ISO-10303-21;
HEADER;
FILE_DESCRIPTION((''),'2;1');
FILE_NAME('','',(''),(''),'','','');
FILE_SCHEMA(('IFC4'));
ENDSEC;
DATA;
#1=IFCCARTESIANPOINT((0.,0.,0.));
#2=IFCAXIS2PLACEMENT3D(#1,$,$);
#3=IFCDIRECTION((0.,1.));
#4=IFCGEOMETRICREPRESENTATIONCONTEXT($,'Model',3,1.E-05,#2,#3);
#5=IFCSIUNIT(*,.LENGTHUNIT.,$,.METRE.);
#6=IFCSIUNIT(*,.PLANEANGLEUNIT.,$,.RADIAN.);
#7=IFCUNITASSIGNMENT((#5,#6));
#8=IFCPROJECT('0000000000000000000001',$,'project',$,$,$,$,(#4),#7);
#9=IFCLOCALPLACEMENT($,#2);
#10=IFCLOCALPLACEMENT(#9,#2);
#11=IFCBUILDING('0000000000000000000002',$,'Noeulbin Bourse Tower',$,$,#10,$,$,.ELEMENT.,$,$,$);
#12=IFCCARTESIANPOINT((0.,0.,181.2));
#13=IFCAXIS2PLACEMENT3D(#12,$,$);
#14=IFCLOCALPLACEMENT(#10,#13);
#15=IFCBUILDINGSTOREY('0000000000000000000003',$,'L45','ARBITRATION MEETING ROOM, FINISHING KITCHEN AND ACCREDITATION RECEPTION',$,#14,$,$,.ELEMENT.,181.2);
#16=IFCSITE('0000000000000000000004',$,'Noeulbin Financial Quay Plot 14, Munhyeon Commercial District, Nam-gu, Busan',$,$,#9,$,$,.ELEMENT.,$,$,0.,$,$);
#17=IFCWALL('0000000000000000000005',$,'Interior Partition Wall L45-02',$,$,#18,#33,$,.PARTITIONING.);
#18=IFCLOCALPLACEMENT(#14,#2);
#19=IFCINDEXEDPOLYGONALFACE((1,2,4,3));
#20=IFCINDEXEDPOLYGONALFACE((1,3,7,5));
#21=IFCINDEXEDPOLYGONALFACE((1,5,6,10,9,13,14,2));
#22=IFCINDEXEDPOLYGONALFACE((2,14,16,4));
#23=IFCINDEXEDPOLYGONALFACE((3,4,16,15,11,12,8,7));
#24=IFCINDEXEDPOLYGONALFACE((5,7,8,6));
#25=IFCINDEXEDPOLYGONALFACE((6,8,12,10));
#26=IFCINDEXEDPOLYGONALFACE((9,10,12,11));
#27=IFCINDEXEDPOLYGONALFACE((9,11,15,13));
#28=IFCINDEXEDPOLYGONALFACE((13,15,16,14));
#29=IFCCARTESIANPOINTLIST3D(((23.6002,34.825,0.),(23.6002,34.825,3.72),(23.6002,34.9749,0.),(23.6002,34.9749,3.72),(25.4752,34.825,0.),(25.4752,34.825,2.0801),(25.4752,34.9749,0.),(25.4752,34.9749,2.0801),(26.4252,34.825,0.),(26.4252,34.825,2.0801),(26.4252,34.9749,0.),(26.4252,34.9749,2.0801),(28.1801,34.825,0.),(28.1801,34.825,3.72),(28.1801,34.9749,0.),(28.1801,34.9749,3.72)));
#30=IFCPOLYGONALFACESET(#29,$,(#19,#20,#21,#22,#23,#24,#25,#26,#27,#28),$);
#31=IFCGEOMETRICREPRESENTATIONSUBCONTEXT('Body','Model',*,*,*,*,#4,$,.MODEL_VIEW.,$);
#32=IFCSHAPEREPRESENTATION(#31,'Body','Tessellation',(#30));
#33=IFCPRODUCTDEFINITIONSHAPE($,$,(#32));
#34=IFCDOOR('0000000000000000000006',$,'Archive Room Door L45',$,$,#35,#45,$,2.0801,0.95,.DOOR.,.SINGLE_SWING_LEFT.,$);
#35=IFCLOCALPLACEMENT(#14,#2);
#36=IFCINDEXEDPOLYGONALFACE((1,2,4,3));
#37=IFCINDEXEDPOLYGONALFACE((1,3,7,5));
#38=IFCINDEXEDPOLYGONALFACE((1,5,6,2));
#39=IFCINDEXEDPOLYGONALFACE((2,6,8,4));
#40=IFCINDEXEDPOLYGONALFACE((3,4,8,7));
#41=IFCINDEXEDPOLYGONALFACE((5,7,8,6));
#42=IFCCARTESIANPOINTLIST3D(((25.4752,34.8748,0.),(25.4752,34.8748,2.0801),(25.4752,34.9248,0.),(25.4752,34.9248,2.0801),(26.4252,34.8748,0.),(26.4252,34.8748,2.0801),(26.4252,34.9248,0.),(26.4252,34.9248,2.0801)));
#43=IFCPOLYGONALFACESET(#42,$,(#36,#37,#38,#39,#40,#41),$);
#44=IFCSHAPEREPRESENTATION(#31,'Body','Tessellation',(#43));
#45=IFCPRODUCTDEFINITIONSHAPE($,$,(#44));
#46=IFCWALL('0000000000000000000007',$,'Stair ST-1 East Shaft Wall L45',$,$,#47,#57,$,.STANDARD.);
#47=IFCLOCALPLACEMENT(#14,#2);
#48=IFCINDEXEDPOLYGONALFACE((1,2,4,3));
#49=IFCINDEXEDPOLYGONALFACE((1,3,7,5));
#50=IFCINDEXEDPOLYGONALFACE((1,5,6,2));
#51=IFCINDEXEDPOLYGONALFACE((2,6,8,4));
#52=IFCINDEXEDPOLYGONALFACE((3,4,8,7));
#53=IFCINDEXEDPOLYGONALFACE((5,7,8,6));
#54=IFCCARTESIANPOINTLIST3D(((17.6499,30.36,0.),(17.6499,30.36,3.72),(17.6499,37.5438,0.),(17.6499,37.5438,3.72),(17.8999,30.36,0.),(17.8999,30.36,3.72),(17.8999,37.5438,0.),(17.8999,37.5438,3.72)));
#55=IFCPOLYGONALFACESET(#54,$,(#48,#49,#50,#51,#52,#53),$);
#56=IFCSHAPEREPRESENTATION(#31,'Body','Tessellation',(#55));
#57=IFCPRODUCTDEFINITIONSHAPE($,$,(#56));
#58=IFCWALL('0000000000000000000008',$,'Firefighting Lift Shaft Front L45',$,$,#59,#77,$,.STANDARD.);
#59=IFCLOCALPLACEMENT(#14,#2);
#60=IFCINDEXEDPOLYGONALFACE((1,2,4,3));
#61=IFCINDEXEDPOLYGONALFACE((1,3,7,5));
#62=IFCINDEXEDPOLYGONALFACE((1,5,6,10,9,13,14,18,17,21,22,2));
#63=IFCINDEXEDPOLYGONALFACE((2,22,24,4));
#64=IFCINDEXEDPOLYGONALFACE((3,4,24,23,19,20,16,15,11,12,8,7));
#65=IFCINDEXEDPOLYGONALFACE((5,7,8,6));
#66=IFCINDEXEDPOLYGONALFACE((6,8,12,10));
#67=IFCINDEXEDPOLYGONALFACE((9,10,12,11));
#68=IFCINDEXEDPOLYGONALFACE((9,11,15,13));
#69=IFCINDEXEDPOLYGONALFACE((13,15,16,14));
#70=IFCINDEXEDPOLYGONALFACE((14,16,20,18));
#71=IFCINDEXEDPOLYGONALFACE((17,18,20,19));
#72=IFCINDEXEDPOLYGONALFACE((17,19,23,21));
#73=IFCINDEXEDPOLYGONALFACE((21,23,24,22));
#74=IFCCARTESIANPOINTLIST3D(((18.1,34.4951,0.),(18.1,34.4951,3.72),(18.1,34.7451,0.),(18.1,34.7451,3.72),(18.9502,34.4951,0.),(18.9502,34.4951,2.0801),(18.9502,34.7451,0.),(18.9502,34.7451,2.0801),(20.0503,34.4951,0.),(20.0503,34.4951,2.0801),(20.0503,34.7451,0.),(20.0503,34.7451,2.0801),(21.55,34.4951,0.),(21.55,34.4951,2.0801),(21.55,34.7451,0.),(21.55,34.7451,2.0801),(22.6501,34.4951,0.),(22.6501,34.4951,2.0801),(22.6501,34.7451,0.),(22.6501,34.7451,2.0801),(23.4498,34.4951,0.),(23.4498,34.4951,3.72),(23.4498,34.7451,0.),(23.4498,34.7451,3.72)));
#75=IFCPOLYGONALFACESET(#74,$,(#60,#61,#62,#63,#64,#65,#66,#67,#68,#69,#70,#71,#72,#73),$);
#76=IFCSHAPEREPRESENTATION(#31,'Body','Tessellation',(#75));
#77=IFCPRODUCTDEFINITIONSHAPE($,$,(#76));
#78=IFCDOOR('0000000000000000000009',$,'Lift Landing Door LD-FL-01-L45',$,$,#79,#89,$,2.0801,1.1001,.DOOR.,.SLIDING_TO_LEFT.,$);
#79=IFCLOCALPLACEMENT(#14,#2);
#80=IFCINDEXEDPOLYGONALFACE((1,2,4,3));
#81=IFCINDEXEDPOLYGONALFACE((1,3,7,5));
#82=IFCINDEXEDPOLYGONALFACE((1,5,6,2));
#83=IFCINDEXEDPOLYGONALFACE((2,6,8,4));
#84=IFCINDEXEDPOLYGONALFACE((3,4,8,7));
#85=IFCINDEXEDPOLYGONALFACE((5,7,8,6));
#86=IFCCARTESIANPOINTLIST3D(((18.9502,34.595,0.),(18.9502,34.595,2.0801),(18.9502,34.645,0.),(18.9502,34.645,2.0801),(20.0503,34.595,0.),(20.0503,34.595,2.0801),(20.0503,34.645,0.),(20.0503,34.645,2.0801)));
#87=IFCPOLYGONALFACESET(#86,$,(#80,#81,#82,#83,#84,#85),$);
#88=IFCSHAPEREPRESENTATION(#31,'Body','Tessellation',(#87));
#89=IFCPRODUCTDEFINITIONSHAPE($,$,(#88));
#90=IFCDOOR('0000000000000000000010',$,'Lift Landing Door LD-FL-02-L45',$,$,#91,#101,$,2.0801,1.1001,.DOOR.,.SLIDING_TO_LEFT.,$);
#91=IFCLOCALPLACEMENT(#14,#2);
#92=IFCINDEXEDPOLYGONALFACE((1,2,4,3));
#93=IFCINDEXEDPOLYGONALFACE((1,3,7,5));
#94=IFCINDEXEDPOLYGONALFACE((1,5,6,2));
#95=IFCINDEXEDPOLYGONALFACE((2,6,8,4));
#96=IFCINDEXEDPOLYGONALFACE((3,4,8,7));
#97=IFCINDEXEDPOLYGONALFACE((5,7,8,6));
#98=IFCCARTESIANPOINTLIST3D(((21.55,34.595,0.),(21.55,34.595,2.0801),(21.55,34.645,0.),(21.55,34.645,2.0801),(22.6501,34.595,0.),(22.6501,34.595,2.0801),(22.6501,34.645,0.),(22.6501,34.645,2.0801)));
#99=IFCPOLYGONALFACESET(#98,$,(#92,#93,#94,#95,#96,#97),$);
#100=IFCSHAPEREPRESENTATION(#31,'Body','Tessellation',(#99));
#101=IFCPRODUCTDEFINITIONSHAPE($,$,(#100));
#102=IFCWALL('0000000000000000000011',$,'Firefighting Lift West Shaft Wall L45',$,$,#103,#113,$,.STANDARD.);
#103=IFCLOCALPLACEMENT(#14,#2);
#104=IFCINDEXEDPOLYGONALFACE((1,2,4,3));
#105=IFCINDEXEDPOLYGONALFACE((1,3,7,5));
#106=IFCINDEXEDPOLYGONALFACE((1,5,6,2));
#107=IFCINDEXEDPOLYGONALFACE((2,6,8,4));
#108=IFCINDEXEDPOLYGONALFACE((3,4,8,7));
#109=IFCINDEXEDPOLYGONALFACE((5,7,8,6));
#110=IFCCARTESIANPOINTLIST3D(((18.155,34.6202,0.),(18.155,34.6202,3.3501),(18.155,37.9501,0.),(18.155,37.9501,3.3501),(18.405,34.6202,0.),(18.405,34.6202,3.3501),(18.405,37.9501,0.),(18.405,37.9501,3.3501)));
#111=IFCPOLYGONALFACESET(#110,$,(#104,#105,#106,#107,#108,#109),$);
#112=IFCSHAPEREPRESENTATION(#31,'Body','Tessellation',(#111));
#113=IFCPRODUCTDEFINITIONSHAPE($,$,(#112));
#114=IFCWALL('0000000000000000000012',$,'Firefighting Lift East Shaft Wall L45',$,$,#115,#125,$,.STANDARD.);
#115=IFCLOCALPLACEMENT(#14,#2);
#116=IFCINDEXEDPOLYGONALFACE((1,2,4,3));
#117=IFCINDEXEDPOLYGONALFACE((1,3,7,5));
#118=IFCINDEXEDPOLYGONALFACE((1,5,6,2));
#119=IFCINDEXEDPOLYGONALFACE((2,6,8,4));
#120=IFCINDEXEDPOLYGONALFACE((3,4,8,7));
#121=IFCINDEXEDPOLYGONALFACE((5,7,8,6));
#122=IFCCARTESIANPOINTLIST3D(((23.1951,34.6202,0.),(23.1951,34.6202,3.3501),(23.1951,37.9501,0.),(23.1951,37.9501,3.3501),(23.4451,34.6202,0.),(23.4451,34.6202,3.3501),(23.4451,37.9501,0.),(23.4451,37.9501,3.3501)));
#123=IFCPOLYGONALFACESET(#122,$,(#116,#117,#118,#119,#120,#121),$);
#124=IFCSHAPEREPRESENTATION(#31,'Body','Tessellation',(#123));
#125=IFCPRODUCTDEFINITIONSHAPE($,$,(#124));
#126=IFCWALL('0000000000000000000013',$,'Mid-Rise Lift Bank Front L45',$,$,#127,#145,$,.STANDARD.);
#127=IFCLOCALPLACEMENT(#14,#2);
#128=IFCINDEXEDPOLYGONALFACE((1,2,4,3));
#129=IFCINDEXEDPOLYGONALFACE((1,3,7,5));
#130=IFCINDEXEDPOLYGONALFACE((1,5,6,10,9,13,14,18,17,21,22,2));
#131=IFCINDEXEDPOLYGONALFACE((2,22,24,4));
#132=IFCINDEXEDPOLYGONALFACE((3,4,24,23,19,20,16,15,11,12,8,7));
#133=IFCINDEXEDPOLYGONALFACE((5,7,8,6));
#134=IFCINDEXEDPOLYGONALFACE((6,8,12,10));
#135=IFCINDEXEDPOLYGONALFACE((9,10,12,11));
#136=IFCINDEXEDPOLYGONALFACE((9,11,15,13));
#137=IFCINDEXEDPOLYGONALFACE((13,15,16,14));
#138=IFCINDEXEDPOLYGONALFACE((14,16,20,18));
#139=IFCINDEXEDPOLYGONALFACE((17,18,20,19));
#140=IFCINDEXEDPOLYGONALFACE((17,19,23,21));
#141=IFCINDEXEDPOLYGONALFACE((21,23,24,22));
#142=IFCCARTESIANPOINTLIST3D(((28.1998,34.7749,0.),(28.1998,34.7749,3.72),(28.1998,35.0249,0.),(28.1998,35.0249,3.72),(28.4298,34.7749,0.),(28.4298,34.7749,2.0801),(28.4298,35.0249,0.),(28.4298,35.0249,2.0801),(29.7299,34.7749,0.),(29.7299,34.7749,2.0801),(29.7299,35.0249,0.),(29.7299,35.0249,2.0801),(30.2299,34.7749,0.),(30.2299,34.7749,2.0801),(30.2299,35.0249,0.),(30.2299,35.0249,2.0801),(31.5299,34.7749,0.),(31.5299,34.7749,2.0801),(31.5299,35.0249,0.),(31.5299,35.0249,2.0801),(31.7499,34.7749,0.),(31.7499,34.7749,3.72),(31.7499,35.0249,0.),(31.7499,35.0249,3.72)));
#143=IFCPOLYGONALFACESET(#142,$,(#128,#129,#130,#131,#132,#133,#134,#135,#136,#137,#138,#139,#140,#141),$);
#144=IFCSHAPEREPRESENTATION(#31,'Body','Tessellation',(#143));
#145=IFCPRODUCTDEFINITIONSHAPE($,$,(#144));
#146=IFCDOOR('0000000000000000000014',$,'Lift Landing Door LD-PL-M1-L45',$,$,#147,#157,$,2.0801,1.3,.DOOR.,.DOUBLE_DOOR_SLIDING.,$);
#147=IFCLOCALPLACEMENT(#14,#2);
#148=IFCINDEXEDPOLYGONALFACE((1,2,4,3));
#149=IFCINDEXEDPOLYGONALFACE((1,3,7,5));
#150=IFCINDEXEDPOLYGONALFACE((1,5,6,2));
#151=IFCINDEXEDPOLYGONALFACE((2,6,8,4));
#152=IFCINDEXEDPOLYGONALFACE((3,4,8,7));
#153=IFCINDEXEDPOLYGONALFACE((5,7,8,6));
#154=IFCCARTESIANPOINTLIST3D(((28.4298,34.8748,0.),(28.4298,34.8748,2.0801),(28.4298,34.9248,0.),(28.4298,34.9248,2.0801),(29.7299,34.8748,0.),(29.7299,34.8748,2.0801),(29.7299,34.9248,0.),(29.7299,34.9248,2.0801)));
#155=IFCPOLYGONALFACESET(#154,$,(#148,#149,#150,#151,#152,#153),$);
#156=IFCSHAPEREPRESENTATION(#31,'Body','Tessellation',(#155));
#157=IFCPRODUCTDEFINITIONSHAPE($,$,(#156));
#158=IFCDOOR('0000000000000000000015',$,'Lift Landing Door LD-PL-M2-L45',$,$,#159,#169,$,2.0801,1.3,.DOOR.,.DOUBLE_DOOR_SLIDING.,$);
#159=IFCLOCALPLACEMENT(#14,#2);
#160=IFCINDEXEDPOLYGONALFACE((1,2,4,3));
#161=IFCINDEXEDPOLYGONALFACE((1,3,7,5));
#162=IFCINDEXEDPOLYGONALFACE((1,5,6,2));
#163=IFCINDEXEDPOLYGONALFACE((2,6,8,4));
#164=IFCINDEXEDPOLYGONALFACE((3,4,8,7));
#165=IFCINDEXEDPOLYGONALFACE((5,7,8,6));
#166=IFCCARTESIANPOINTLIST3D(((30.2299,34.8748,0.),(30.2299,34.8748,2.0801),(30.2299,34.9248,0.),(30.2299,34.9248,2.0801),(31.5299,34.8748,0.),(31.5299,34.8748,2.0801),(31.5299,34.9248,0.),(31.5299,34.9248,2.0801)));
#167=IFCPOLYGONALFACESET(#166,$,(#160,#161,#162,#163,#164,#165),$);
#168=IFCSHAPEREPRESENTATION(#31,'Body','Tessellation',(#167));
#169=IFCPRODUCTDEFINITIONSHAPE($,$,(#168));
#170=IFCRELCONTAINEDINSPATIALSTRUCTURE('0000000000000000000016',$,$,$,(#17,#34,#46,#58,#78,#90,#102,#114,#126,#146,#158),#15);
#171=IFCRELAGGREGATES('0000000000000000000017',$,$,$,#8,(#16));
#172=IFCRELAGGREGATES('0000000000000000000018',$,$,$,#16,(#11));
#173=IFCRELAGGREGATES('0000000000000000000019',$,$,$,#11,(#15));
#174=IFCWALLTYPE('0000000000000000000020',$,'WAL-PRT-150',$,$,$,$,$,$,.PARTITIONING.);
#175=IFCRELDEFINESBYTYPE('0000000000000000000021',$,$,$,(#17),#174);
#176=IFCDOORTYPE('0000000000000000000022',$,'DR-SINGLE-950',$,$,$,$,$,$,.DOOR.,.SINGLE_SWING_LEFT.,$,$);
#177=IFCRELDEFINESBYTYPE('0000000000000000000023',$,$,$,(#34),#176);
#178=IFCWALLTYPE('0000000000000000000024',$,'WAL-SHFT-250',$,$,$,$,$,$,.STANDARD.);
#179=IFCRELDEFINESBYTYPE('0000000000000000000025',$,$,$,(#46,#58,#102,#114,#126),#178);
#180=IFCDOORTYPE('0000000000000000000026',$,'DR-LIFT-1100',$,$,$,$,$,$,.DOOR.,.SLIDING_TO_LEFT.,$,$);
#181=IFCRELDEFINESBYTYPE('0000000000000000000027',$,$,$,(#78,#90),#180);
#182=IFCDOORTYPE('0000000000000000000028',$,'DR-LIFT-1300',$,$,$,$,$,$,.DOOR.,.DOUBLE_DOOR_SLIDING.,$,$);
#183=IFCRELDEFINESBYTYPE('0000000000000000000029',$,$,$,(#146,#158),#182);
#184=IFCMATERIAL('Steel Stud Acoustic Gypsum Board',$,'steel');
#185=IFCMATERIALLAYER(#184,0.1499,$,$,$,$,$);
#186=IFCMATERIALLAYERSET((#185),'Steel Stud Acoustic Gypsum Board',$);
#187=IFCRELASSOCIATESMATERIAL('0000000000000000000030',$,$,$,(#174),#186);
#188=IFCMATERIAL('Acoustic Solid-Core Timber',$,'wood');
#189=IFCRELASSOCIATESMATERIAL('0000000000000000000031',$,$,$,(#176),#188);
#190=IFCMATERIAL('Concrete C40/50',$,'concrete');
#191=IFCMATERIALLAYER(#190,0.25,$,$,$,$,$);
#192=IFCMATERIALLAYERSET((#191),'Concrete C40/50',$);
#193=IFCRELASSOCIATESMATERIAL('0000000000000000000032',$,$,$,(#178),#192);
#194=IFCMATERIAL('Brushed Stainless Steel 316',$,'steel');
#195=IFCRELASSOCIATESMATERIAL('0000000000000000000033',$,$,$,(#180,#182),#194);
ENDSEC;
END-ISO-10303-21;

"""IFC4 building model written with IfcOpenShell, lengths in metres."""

from ifc_helpers import new_model, si_unit, direction, frame, frame_2d, origin, place, context, subcontext, project, spatial, rectangle, extrude, material, layer, layer_set, type_object, element, fill, save


model = new_model("IFC4")

# Units and contexts
model_context = context("Model", 3, precision=1e-05, world=origin(), true_north=direction((0.0, 1.0)))
body_context = subcontext(model_context, "Body", "Model", "MODEL_VIEW")
ifc_project = project(units=[si_unit("LENGTHUNIT", "METRE"), si_unit("PLANEANGLEUNIT", "RADIAN")], contexts=[model_context])

# Site, building, storey
site_placement = place(None, origin())
site = spatial("IfcSite", under=ifc_project, at=site_placement, Name="Noeulbin Financial Quay Plot 14, Munhyeon Commercial District, Nam-gu, Busan", CompositionType="ELEMENT", RefElevation=0.0)
building_placement = place(site_placement, origin())
building = spatial("IfcBuilding", under=site, at=building_placement, Name="Noeulbin Bourse Tower", CompositionType="ELEMENT")
storey_placement = place(building_placement, frame((0.0, 0.0, 181.2)))
storey = spatial("IfcBuildingStorey", under=building, at=storey_placement, Name="L45", Description="ARBITRATION MEETING ROOM, FINISHING KITCHEN AND ACCREDITATION RECEPTION", CompositionType="ELEMENT", Elevation=181.2)

# Shared definitions
ifc_material_1 = material(Name="Concrete C40/50", Category="concrete")

# Wall, opening, door
ifc_material_2 = material(Name="Steel Stud Acoustic Gypsum Board", Category="steel")
ifc_layer_1 = layer(ifc_material_2, 0.1499)
ifc_layer_set_1 = layer_set([ifc_layer_1], Name="Steel Stud Acoustic Gypsum Board")
wall_type_1 = type_object("IfcWallType", Name="WAL-PRT-150", PredefinedType="PARTITIONING", material=ifc_layer_set_1)
wall_1_placement = place(storey_placement, frame((23.6001, 34.8999, 0.0), z_axis=(0.0, 0.0, 1.0), x_axis=(1.0, 0.0, 0.0)))
wall_1 = element("IfcWall", 1, at=wall_1_placement, inside=storey, type_object=wall_type_1, Name="Interior Partition Wall L45-02", PredefinedType="PARTITIONING", context=body_context, shape_type="SweptSolid", body=[
    extrude(rectangle(XDim=4.5798, YDim=0.1499, at=frame_2d((2.29, 0.0))), origin(), (0.0, 0.0, 1.0), 3.72),
])
opening_1_placement = place(wall_1_placement, frame((1.875, 0.0, 0.0)))
opening_1 = element("IfcOpeningElement", 2, at=opening_1_placement, cuts=wall_1, PredefinedType="OPENING", context=body_context, shape_type="SweptSolid", body=[
    extrude(rectangle(XDim=0.95, YDim=2.0801, at=frame_2d((0.4751, 1.04))), frame((0.0, 0.085, 0.0), z_axis=(0.0, -1.0, 0.0), x_axis=(1.0, 0.0, 0.0)), (0.0, 0.0, 1.0), 0.1699),
])
ifc_material_3 = material(Name="Acoustic Solid-Core Timber", Category="wood")
door_type_1 = type_object("IfcDoorType", Name="DR-SINGLE-950", OperationType="SINGLE_SWING_LEFT", PredefinedType="DOOR", material=ifc_material_3)
door_1_placement = place(opening_1_placement, origin())
door_1 = element("IfcDoor", 3, at=door_1_placement, inside=storey, type_object=door_type_1, Name="Archive Room Door L45", OperationType="SINGLE_SWING_LEFT", OverallHeight=2.0801, OverallWidth=0.95, PredefinedType="DOOR", context=body_context, shape_type="SweptSolid", body=[
    extrude(rectangle(XDim=0.95, YDim=2.0801, at=frame_2d((0.4751, 1.04))), frame((0.0, 0.0249, 0.0), z_axis=(0.0, -1.0, 0.0), x_axis=(1.0, 0.0, 0.0)), (0.0, 0.0, 1.0), 0.05),
])
fill(opening_1, door_1)

# Wall
ifc_layer_2 = layer(ifc_material_1, 0.25)
ifc_layer_set_2 = layer_set([ifc_layer_2], Name="Concrete C40/50")
wall_type_2 = type_object("IfcWallType", Name="WAL-SHFT-250", PredefinedType="STANDARD", material=ifc_layer_set_2)
wall_2_placement = place(storey_placement, frame((17.7749, 30.3601, 0.0), z_axis=(0.0, 0.0, 1.0), x_axis=(0.0, 1.0, 0.0)))
element("IfcWall", 4, at=wall_2_placement, inside=storey, type_object=wall_type_2, Name="Stair ST-1 East Shaft Wall L45", PredefinedType="STANDARD", context=body_context, shape_type="SweptSolid", body=[
    extrude(rectangle(XDim=7.1838, YDim=0.25, at=frame_2d((3.5918, 0.0))), origin(), (0.0, 0.0, 1.0), 3.72),
])

# Wall, openings, doors
wall_3_placement = place(storey_placement, frame((18.1001, 34.6201, 0.0), z_axis=(0.0, 0.0, 1.0), x_axis=(1.0, 0.0, 0.0)))
wall_3 = element("IfcWall", 5, at=wall_3_placement, inside=storey, type_object=wall_type_2, Name="Firefighting Lift Shaft Front L45", PredefinedType="STANDARD", context=body_context, shape_type="SweptSolid", body=[
    extrude(rectangle(XDim=5.3499, YDim=0.25, at=frame_2d((2.6748, 0.0))), origin(), (0.0, 0.0, 1.0), 3.72),
])
opening_2_placement = place(wall_3_placement, frame((0.8501, 0.0, 0.0)))
opening_2 = element("IfcOpeningElement", 6, at=opening_2_placement, cuts=wall_3, PredefinedType="OPENING", context=body_context, shape_type="SweptSolid", body=[
    extrude(rectangle(XDim=1.1001, YDim=2.0801, at=frame_2d((0.55, 1.04))), frame((0.0, 0.135, 0.0), z_axis=(0.0, -1.0, 0.0), x_axis=(1.0, 0.0, 0.0)), (0.0, 0.0, 1.0), 0.27),
])
opening_3_placement = place(wall_3_placement, frame((3.45, 0.0, 0.0)))
opening_3 = element("IfcOpeningElement", 7, at=opening_3_placement, cuts=wall_3, PredefinedType="OPENING", context=body_context, shape_type="SweptSolid", body=[
    extrude(rectangle(XDim=1.1001, YDim=2.0801, at=frame_2d((0.55, 1.04))), frame((0.0, 0.135, 0.0), z_axis=(0.0, -1.0, 0.0), x_axis=(1.0, 0.0, 0.0)), (0.0, 0.0, 1.0), 0.27),
])
ifc_material_4 = material(Name="Brushed Stainless Steel 316", Category="steel")
door_type_2 = type_object("IfcDoorType", Name="DR-LIFT-1100", OperationType="SLIDING_TO_LEFT", PredefinedType="DOOR", material=ifc_material_4)
door_2_placement = place(opening_2_placement, origin())
door_2 = element("IfcDoor", 8, at=door_2_placement, inside=storey, type_object=door_type_2, Name="Lift Landing Door LD-FL-01-L45", OperationType="SLIDING_TO_LEFT", OverallHeight=2.0801, OverallWidth=1.1001, PredefinedType="DOOR", context=body_context, shape_type="SweptSolid", body=[
    extrude(rectangle(XDim=1.1001, YDim=2.0801, at=frame_2d((0.55, 1.04))), frame((0.0, 0.0249, 0.0), z_axis=(0.0, -1.0, 0.0), x_axis=(1.0, 0.0, 0.0)), (0.0, 0.0, 1.0), 0.05),
])
fill(opening_2, door_2)
door_3_placement = place(opening_3_placement, origin())
door_3 = element("IfcDoor", 9, at=door_3_placement, inside=storey, type_object=door_type_2, Name="Lift Landing Door LD-FL-02-L45", OperationType="SLIDING_TO_LEFT", OverallHeight=2.0801, OverallWidth=1.1001, PredefinedType="DOOR", context=body_context, shape_type="SweptSolid", body=[
    extrude(rectangle(XDim=1.1001, YDim=2.0801, at=frame_2d((0.55, 1.04))), frame((0.0, 0.0249, 0.0), z_axis=(0.0, -1.0, 0.0), x_axis=(1.0, 0.0, 0.0)), (0.0, 0.0, 1.0), 0.05),
])
fill(opening_3, door_3)

# Walls
for number, where, z_axis, x_axis, name in (
    (10, (18.28, 34.6201, 0.0), (0.0, 0.0, 1.0), (0.0, 1.0, 0.0), "Firefighting Lift West Shaft Wall L45"),
    (11, (23.3201, 34.6201, 0.0), (0.0, 0.0, 1.0), (0.0, 1.0, 0.0), "Firefighting Lift East Shaft Wall L45"),
):
    element("IfcWall", number, at=place(storey_placement, frame(where, z_axis=z_axis, x_axis=x_axis)), inside=storey, type_object=wall_type_2, Name=name, PredefinedType="STANDARD", context=body_context, shape_type="SweptSolid", body=[
        extrude(rectangle(XDim=3.3298, YDim=0.25, at=frame_2d((1.665, 0.0))), origin(), (0.0, 0.0, 1.0), 3.3501),
    ])

# Wall, openings, doors
wall_4_placement = place(storey_placement, frame((28.2, 34.8999, 0.0), z_axis=(0.0, 0.0, 1.0), x_axis=(1.0, 0.0, 0.0)))
wall_4 = element("IfcWall", 12, at=wall_4_placement, inside=storey, type_object=wall_type_2, Name="Mid-Rise Lift Bank Front L45", PredefinedType="STANDARD", context=body_context, shape_type="SweptSolid", body=[
    extrude(rectangle(XDim=3.55, YDim=0.25, at=frame_2d((1.7749, 0.0))), origin(), (0.0, 0.0, 1.0), 3.72),
])
opening_4_placement = place(wall_4_placement, frame((0.23, 0.0, 0.0)))
opening_4 = element("IfcOpeningElement", 13, at=opening_4_placement, cuts=wall_4, PredefinedType="OPENING", context=body_context, shape_type="SweptSolid", body=[
    extrude(rectangle(XDim=1.3, YDim=2.0801, at=frame_2d((0.6499, 1.04))), frame((0.0, 0.135, 0.0), z_axis=(0.0, -1.0, 0.0), x_axis=(1.0, 0.0, 0.0)), (0.0, 0.0, 1.0), 0.27),
])
opening_5_placement = place(wall_4_placement, frame((2.03, 0.0, 0.0)))
opening_5 = element("IfcOpeningElement", 14, at=opening_5_placement, cuts=wall_4, PredefinedType="OPENING", context=body_context, shape_type="SweptSolid", body=[
    extrude(rectangle(XDim=1.3, YDim=2.0801, at=frame_2d((0.6499, 1.04))), frame((0.0, 0.135, 0.0), z_axis=(0.0, -1.0, 0.0), x_axis=(1.0, 0.0, 0.0)), (0.0, 0.0, 1.0), 0.27),
])
door_type_3 = type_object("IfcDoorType", Name="DR-LIFT-1300", OperationType="DOUBLE_DOOR_SLIDING", PredefinedType="DOOR", material=ifc_material_4)
door_4_placement = place(opening_4_placement, origin())
door_4 = element("IfcDoor", 15, at=door_4_placement, inside=storey, type_object=door_type_3, Name="Lift Landing Door LD-PL-M1-L45", OperationType="DOUBLE_DOOR_SLIDING", OverallHeight=2.0801, OverallWidth=1.3, PredefinedType="DOOR", context=body_context, shape_type="SweptSolid", body=[
    extrude(rectangle(XDim=1.3, YDim=2.0801, at=frame_2d((0.6499, 1.04))), frame((0.0, 0.0249, 0.0), z_axis=(0.0, -1.0, 0.0), x_axis=(1.0, 0.0, 0.0)), (0.0, 0.0, 1.0), 0.05),
])
fill(opening_4, door_4)
door_5_placement = place(opening_5_placement, origin())
door_5 = element("IfcDoor", 16, at=door_5_placement, inside=storey, type_object=door_type_3, Name="Lift Landing Door LD-PL-M2-L45", OperationType="DOUBLE_DOOR_SLIDING", OverallHeight=2.0801, OverallWidth=1.3, PredefinedType="DOOR", context=body_context, shape_type="SweptSolid", body=[
    extrude(rectangle(XDim=1.3, YDim=2.0801, at=frame_2d((0.6499, 1.04))), frame((0.0, 0.0249, 0.0), z_axis=(0.0, -1.0, 0.0), x_axis=(1.0, 0.0, 0.0)), (0.0, 0.0, 1.0), 0.05),
])
fill(opening_5, door_5)

save(model, "model.ifc")
